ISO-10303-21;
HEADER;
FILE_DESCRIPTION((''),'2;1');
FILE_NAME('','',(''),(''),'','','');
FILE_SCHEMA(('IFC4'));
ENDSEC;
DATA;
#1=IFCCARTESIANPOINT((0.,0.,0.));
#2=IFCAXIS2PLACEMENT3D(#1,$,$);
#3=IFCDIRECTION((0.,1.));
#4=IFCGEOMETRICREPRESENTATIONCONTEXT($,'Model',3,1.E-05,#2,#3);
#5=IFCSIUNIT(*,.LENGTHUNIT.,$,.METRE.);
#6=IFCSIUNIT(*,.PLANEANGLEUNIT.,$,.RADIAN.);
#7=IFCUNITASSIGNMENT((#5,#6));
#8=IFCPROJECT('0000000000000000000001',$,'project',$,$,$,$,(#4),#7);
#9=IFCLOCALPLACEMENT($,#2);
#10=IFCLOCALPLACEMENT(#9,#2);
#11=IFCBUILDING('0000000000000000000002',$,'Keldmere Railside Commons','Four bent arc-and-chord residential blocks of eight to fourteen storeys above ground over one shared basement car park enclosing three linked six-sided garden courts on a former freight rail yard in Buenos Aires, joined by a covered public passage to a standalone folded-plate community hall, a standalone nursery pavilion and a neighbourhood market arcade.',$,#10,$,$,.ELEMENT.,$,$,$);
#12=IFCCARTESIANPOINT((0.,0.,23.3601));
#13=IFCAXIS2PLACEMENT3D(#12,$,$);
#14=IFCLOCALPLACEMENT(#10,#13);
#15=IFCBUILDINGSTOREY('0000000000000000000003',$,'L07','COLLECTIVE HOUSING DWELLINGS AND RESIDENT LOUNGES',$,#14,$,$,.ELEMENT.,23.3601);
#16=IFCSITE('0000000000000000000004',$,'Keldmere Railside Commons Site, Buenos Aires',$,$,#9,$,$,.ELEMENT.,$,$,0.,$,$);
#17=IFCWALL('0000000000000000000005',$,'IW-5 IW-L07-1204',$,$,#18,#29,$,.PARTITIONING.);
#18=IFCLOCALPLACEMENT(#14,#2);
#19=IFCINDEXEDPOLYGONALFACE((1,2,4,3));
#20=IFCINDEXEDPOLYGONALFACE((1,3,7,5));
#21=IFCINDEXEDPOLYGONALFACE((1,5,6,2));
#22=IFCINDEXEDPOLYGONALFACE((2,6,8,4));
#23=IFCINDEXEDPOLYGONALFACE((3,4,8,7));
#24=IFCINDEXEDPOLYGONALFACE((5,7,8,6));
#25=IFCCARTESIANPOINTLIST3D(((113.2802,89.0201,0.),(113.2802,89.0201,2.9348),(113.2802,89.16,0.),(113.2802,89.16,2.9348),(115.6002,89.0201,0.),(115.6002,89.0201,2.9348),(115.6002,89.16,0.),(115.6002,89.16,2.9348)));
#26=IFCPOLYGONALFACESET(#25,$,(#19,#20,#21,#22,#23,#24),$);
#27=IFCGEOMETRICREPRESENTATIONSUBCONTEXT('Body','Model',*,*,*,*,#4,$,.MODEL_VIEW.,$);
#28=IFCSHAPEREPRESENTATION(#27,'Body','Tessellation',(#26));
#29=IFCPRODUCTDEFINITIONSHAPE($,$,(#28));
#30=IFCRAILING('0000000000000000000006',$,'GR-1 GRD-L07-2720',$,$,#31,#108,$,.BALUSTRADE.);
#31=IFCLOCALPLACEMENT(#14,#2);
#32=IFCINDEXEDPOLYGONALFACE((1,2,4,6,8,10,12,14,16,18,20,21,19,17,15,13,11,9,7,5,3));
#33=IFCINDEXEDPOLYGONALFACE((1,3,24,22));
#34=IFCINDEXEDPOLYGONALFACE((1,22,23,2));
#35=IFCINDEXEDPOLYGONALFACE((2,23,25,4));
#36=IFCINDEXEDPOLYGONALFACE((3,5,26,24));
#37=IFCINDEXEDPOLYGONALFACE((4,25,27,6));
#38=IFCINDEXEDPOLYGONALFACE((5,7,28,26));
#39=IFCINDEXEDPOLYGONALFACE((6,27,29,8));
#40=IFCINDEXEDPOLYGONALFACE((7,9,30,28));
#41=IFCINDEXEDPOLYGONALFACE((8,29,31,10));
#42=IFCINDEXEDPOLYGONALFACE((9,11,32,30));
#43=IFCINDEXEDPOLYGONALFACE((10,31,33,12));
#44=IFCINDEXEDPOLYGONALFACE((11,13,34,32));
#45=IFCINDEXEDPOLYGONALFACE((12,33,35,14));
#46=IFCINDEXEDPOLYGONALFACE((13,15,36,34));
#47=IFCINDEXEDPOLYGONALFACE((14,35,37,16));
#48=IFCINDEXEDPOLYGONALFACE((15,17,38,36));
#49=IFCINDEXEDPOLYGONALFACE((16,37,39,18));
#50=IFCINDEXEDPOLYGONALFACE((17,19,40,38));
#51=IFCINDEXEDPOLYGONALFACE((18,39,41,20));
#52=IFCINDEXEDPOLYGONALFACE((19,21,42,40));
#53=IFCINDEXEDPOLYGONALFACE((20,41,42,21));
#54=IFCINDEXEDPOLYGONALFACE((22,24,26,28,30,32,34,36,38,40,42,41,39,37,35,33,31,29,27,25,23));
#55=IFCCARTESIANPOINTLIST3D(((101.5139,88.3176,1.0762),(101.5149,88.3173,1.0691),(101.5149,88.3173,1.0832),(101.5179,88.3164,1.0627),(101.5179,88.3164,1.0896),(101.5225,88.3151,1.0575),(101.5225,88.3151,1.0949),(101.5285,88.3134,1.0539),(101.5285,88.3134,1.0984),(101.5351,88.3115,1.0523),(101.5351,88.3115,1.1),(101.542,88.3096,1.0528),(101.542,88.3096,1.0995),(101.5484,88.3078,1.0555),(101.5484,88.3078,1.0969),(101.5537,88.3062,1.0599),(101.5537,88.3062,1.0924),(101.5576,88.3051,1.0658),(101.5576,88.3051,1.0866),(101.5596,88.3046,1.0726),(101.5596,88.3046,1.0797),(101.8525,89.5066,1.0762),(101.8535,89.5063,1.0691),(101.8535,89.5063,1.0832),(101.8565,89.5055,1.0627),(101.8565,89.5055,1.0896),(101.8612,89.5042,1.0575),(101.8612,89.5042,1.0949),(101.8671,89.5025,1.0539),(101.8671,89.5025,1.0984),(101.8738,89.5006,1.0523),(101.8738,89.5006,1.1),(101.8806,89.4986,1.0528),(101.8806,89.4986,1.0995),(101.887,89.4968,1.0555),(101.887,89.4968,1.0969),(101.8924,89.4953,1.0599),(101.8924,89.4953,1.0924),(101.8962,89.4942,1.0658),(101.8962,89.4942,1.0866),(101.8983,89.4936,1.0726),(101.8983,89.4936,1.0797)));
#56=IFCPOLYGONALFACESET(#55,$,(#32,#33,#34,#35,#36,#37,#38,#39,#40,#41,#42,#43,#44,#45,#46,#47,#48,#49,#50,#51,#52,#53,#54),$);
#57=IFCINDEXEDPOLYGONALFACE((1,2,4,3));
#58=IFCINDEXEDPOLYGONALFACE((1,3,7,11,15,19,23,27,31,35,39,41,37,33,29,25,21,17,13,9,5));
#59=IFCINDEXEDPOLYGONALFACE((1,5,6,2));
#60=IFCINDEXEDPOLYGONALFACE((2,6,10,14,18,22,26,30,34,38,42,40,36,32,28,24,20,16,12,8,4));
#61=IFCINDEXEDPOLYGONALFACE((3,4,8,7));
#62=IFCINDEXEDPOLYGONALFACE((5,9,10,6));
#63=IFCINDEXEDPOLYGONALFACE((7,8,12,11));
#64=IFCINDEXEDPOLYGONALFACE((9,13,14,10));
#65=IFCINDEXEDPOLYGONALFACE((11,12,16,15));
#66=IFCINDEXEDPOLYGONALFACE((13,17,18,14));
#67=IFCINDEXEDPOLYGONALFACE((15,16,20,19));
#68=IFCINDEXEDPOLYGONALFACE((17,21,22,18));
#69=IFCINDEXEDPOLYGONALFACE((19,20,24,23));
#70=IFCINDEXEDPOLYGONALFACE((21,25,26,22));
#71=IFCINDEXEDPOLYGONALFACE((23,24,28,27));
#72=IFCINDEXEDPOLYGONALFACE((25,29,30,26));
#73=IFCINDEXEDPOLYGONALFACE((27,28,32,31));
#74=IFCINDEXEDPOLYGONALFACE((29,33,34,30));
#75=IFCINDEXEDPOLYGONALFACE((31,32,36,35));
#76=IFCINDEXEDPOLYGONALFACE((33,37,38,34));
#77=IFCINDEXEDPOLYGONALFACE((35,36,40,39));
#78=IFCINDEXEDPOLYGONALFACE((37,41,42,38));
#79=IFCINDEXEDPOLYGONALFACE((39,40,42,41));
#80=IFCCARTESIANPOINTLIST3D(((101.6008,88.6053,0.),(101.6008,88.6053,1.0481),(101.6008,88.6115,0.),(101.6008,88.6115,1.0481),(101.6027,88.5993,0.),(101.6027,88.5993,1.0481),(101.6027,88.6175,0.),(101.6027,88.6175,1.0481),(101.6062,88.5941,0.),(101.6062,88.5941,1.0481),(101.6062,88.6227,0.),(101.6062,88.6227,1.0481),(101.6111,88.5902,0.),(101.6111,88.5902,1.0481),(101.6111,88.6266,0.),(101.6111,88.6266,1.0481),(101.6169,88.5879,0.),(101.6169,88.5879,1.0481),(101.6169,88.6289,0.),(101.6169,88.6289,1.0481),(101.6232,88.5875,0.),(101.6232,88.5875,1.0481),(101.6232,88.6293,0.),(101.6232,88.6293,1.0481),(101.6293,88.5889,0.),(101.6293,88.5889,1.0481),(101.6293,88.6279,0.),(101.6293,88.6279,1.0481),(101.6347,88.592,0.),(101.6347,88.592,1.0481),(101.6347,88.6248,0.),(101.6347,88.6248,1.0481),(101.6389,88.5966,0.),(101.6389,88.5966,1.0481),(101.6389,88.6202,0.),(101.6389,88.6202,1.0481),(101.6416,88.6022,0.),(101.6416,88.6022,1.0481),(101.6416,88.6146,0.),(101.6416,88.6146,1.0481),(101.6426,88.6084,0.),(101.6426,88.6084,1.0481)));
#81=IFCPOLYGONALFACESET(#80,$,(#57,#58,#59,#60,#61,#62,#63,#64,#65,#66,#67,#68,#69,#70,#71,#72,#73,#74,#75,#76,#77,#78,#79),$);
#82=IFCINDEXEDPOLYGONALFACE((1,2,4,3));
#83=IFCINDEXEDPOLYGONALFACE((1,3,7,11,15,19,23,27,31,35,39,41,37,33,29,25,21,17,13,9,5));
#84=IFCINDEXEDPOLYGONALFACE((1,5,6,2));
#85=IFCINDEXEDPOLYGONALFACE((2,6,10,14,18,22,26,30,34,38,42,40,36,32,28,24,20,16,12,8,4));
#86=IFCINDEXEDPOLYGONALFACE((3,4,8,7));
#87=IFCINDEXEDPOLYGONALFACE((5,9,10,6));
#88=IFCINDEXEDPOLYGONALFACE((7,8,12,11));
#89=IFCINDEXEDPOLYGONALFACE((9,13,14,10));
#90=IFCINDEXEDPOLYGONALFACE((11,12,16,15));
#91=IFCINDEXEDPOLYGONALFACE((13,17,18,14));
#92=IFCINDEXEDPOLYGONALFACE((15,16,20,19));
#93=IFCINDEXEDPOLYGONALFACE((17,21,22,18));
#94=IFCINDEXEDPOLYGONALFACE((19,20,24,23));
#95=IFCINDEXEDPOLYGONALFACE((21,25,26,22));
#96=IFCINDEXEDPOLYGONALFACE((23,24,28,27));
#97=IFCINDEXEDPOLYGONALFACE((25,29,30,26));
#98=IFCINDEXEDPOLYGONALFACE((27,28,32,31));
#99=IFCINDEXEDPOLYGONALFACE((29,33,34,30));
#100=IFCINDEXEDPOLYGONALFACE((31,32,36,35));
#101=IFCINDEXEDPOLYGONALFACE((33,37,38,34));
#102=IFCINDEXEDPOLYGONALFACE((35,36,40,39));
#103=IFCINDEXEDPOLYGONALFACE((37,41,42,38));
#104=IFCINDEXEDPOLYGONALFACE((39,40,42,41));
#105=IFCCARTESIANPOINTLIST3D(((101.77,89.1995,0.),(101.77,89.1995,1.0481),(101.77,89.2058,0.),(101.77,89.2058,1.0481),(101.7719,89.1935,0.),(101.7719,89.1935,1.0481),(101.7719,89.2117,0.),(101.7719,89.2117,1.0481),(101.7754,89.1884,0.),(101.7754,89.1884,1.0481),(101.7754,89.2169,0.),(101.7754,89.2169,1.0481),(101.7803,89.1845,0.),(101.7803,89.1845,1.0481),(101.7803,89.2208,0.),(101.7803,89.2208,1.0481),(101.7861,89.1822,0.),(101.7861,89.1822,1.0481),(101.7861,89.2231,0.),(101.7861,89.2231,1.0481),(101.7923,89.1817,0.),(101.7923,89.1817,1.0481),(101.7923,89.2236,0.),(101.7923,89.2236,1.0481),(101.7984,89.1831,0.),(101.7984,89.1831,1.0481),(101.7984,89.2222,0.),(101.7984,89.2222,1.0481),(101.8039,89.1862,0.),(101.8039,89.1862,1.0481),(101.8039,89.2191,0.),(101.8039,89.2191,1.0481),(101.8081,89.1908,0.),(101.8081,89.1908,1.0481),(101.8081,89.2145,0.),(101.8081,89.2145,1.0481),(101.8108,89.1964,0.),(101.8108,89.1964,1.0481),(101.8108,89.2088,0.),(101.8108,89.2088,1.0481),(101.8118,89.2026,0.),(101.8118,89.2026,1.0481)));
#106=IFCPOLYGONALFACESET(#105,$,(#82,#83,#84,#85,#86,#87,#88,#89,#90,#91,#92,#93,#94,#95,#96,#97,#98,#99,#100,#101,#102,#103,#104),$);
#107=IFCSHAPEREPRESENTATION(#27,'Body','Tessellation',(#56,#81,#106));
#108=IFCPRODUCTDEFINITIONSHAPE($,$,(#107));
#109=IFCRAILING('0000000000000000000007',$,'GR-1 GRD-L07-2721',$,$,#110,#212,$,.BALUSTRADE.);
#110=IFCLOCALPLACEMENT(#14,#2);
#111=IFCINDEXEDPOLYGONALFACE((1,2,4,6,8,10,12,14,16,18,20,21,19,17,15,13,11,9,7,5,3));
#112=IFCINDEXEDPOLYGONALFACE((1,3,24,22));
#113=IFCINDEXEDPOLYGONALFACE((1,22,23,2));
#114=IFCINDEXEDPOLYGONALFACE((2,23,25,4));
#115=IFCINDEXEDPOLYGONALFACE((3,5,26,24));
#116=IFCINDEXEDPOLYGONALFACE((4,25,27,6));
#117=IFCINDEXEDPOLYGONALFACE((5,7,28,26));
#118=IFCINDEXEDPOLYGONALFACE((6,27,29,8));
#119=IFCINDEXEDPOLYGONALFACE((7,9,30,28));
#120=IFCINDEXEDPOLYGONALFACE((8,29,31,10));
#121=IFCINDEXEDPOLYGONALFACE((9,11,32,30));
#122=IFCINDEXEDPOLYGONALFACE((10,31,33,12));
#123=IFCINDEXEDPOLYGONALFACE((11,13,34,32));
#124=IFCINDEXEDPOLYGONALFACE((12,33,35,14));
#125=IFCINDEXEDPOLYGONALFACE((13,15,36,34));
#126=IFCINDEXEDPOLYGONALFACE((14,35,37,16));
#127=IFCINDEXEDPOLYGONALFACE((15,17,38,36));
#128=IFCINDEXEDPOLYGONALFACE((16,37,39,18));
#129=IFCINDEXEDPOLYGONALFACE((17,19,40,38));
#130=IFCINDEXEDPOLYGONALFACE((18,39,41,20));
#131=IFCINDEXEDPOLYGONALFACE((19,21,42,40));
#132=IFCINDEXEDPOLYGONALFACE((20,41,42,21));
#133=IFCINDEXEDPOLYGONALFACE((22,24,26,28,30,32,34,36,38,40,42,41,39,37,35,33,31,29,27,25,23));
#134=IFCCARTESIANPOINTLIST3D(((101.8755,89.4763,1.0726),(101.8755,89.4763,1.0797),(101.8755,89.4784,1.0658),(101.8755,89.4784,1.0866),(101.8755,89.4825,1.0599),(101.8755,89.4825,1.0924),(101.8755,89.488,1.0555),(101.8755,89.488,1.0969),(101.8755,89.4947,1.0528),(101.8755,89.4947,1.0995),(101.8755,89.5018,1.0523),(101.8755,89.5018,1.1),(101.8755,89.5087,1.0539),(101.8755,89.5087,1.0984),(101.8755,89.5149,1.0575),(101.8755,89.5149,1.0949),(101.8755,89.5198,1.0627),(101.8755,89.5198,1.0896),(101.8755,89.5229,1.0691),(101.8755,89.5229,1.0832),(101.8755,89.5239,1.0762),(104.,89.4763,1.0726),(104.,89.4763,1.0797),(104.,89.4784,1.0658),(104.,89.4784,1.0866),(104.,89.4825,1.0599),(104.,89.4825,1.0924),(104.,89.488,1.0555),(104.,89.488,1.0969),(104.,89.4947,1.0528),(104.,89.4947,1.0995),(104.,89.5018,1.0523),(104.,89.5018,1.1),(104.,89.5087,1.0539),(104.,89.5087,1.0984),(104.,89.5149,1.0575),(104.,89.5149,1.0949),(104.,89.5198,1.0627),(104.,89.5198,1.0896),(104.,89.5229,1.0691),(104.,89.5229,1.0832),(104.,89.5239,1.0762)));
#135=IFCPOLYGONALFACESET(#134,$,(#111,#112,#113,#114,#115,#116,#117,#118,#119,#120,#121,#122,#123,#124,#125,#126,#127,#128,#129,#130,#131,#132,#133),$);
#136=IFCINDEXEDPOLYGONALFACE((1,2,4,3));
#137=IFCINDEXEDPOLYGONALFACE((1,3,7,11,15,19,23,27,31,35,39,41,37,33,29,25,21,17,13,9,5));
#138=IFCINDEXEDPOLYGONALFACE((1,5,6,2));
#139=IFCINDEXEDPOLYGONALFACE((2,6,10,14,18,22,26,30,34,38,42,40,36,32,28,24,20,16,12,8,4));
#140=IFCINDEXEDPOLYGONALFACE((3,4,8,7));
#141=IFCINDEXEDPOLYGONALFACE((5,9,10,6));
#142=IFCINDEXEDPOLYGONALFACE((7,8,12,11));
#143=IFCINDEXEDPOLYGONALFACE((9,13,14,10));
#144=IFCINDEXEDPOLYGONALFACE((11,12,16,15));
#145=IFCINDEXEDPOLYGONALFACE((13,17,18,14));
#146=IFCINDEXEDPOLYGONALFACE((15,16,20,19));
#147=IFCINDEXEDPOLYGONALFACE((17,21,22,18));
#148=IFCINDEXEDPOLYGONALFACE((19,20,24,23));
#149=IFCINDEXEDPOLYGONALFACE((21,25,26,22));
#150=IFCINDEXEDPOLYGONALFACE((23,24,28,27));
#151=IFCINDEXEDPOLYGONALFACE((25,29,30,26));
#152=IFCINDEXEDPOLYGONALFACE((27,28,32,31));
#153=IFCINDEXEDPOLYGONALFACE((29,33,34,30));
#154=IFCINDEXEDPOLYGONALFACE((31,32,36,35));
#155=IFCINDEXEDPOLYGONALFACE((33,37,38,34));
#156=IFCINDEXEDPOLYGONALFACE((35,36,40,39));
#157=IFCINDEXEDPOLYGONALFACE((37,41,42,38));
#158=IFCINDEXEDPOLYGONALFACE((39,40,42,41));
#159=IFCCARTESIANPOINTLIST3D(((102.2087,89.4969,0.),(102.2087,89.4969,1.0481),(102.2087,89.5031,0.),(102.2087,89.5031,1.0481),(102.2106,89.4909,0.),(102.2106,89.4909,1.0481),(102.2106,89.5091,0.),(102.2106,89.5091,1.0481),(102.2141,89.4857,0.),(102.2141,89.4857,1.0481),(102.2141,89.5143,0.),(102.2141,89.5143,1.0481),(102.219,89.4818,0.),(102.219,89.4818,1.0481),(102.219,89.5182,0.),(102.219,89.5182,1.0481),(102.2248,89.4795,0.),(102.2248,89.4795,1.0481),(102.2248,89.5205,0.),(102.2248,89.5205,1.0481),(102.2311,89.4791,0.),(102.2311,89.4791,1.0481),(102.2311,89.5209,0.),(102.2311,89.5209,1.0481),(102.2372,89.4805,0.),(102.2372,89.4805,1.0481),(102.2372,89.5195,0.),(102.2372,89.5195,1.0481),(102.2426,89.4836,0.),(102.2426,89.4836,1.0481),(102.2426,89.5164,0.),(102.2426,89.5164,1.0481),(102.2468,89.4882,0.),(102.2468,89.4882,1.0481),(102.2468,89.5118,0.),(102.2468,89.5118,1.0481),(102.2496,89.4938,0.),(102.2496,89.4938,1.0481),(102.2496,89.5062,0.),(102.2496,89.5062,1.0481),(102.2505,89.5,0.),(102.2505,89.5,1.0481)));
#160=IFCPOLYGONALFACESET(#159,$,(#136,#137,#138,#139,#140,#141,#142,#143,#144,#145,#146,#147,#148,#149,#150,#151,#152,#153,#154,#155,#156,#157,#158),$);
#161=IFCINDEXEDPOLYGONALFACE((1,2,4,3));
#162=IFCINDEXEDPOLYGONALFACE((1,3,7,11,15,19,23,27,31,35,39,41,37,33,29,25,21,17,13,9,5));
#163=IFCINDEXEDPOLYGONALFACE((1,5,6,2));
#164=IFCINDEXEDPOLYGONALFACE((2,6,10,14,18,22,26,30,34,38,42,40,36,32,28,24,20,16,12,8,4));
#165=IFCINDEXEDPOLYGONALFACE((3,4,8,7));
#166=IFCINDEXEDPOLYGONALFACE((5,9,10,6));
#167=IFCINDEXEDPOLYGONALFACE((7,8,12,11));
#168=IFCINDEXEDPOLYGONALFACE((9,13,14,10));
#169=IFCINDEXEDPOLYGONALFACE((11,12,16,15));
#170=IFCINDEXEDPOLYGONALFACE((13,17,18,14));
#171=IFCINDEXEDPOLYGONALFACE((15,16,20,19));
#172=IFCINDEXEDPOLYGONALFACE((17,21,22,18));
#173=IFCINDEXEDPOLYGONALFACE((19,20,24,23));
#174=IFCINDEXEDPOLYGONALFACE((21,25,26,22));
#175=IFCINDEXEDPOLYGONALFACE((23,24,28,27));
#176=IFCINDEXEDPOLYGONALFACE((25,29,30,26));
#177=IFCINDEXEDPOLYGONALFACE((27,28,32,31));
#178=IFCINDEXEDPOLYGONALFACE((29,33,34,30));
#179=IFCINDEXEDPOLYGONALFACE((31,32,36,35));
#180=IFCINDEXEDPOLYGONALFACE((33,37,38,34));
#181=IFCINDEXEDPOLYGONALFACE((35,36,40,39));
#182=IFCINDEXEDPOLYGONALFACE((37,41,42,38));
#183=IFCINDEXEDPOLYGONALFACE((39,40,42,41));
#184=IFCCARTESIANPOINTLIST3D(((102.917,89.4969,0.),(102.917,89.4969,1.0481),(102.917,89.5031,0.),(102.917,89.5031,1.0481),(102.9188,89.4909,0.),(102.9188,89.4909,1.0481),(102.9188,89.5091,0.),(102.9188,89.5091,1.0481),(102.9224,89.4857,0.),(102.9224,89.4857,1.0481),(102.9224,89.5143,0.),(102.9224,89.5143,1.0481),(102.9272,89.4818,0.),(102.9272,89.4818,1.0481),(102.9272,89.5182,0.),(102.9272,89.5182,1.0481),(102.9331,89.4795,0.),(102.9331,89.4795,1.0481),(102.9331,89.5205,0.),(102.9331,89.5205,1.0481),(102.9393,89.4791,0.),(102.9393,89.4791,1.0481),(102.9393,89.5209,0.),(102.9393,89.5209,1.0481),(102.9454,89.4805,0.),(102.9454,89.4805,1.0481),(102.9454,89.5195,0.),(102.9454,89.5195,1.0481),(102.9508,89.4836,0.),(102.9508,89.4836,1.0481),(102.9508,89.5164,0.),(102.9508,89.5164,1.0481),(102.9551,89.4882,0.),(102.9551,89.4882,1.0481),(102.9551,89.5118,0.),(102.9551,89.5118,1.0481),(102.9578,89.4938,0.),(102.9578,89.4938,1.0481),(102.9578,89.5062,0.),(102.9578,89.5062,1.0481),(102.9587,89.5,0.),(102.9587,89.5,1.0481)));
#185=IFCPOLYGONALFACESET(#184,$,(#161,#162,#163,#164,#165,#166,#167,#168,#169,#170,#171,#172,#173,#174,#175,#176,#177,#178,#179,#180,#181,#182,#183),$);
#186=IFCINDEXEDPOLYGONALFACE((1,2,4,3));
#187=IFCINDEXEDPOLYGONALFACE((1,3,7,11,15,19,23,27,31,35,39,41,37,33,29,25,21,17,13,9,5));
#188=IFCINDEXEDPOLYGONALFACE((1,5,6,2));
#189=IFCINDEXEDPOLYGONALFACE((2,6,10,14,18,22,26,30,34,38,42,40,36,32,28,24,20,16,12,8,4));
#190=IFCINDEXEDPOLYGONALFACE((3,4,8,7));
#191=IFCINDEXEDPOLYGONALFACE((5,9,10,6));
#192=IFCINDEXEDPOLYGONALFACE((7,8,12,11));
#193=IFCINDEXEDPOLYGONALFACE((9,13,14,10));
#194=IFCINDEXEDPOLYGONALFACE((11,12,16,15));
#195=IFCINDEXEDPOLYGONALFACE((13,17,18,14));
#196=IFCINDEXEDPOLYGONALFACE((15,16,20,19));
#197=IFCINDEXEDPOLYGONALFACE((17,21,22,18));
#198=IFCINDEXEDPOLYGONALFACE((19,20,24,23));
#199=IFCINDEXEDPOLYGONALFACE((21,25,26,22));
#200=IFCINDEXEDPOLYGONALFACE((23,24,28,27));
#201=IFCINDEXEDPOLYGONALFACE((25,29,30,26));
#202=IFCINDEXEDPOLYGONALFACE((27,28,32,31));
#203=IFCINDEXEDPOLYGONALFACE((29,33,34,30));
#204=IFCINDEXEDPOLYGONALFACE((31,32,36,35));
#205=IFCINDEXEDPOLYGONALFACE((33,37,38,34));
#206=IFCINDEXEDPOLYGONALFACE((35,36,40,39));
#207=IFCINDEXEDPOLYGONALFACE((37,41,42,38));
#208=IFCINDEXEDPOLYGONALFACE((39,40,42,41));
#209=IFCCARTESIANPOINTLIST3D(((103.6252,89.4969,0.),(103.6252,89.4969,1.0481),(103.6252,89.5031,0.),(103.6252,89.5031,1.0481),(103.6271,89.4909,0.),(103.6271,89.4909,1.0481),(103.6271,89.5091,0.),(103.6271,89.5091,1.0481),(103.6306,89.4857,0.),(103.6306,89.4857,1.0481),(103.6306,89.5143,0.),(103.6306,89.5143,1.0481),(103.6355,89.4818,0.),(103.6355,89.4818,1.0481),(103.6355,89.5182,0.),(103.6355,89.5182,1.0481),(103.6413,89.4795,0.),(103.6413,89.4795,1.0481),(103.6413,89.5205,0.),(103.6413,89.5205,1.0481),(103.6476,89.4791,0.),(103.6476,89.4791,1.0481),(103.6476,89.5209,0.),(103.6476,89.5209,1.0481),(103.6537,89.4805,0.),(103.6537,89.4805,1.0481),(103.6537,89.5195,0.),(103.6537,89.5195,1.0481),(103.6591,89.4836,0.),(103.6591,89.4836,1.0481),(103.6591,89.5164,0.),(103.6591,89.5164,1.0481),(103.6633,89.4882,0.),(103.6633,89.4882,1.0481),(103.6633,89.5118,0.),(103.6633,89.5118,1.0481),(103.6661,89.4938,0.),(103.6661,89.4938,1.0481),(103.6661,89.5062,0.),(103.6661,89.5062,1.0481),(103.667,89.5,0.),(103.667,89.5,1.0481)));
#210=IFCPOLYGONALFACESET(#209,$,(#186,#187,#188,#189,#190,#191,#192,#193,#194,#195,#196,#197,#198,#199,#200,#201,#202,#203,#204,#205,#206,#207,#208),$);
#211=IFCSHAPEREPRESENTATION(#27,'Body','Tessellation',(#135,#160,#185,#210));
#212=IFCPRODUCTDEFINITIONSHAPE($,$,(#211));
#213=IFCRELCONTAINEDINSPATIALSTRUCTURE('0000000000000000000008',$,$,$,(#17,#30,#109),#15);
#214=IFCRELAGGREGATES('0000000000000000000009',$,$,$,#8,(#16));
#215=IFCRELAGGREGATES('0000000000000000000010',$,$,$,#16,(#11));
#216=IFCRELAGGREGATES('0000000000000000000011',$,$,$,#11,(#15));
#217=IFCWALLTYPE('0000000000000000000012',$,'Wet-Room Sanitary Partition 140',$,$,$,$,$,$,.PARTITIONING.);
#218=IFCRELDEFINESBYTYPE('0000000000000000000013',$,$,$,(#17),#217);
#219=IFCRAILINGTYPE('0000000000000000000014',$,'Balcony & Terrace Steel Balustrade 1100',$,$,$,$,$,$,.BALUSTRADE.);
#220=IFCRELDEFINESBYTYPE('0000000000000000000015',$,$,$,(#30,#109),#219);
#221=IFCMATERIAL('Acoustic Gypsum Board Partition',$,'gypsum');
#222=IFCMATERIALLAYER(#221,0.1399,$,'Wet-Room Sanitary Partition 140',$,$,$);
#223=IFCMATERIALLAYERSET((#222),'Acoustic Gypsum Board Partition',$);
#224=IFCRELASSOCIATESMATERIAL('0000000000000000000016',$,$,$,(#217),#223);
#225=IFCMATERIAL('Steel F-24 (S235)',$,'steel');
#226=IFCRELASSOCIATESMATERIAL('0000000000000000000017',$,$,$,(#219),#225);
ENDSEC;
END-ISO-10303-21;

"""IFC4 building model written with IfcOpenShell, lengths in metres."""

from ifc_helpers import new_model, si_unit, direction, frame, frame_2d, origin, origin_2d, place, context, subcontext, project, spatial, rectangle, circle, extrude, material, layer, layer_set, type_object, element, save


model = new_model("IFC4")

# Units and contexts
model_context = context("Model", 3, precision=1e-05, world=origin(), true_north=direction((0.0, 1.0)))
body_context = subcontext(model_context, "Body", "Model", "MODEL_VIEW")
ifc_project = project(units=[si_unit("LENGTHUNIT", "METRE"), si_unit("PLANEANGLEUNIT", "RADIAN")], contexts=[model_context])

# Site, building, storey
site_placement = place(None, origin())
site = spatial("IfcSite", under=ifc_project, at=site_placement, Name="Keldmere Railside Commons Site, Buenos Aires", CompositionType="ELEMENT", RefElevation=0.0)
building_placement = place(site_placement, origin())
building = spatial("IfcBuilding", under=site, at=building_placement, Name="Keldmere Railside Commons", Description="Four bent arc-and-chord residential blocks of eight to fourteen storeys above ground over one shared basement car park enclosing three linked six-sided garden courts on a former freight rail yard in Buenos Aires, joined by a covered public passage to a standalone folded-plate community hall, a standalone nursery pavilion and a neighbourhood market arcade.", CompositionType="ELEMENT")
storey_placement = place(building_placement, frame((0.0, 0.0, 23.3601)))
storey = spatial("IfcBuildingStorey", under=building, at=storey_placement, Name="L07", Description="COLLECTIVE HOUSING DWELLINGS AND RESIDENT LOUNGES", CompositionType="ELEMENT", Elevation=23.3601)

# Wall
ifc_material_1 = material(Name="Acoustic Gypsum Board Partition", Category="gypsum")
ifc_layer_1 = layer(ifc_material_1, 0.1399, Name="Wet-Room Sanitary Partition 140")
ifc_layer_set_1 = layer_set([ifc_layer_1], Name="Acoustic Gypsum Board Partition")
wall_type_1 = type_object("IfcWallType", Name="Wet-Room Sanitary Partition 140", PredefinedType="PARTITIONING", material=ifc_layer_set_1)
wall_1_placement = place(storey_placement, frame((113.28, 89.0901, 0.0), z_axis=(0.0, 0.0, 1.0), x_axis=(1.0, 0.0, 0.0)))
element("IfcWall", 1, at=wall_1_placement, inside=storey, type_object=wall_type_1, Name="IW-5 IW-L07-1204", PredefinedType="PARTITIONING", context=body_context, shape_type="SweptSolid", body=[
    extrude(rectangle(XDim=2.3201, YDim=0.1399, at=frame_2d((1.1602, 0.0))), origin(), (0.0, 0.0, 1.0), 2.9348),
])

# Railings
ifc_material_2 = material(Name="Steel F-24 (S235)", Category="steel")
railing_type = type_object("IfcRailingType", Name="Balcony & Terrace Steel Balustrade 1100", PredefinedType="BALUSTRADE", material=ifc_material_2)
railing_1_placement = place(storey_placement, frame((101.5369, 88.311, 0.0)))
element("IfcRailing", 2, at=railing_1_placement, inside=storey, type_object=railing_type, Name="GR-1 GRD-L07-2720", PredefinedType="BALUSTRADE", context=body_context, shape_type="SweptSolid", body=[
    extrude(circle(Radius=0.0239, at=origin_2d()), frame((0.0, 0.0, 1.0762), z_axis=(0.273912, 0.961755, 0.0), x_axis=(-0.961755, 0.273912, 0.0)), (0.0, 0.0, 1.0), 1.2363),
    extrude(circle(Radius=0.021, at=origin_2d()), frame((0.0847, 0.2974, 0.0)), (0.0, 0.0, 1.0), 1.0481),
    extrude(circle(Radius=0.021, at=origin_2d()), frame((0.2539, 0.8916, 0.0)), (0.0, 0.0, 1.0), 1.0481),
])
railing_2_placement = place(storey_placement, frame((101.8755, 89.5, 0.0)))
element("IfcRailing", 3, at=railing_2_placement, inside=storey, type_object=railing_type, Name="GR-1 GRD-L07-2721", PredefinedType="BALUSTRADE", context=body_context, shape_type="SweptSolid", body=[
    extrude(circle(Radius=0.0239, at=origin_2d()), frame((0.0, 0.0, 1.0762), z_axis=(1.0, 0.0, 0.0), x_axis=(0.0, 1.0, 0.0)), (0.0, 0.0, 1.0), 2.1245),
    extrude(circle(Radius=0.021, at=origin_2d()), frame((0.354, 0.0, 0.0)), (0.0, 0.0, 1.0), 1.0481),
    extrude(circle(Radius=0.021, at=origin_2d()), frame((1.0623, 0.0, 0.0)), (0.0, 0.0, 1.0), 1.0481),
    extrude(circle(Radius=0.021, at=origin_2d()), frame((1.7705, 0.0, 0.0)), (0.0, 0.0, 1.0), 1.0481),
])

save(model, "model.ifc")
